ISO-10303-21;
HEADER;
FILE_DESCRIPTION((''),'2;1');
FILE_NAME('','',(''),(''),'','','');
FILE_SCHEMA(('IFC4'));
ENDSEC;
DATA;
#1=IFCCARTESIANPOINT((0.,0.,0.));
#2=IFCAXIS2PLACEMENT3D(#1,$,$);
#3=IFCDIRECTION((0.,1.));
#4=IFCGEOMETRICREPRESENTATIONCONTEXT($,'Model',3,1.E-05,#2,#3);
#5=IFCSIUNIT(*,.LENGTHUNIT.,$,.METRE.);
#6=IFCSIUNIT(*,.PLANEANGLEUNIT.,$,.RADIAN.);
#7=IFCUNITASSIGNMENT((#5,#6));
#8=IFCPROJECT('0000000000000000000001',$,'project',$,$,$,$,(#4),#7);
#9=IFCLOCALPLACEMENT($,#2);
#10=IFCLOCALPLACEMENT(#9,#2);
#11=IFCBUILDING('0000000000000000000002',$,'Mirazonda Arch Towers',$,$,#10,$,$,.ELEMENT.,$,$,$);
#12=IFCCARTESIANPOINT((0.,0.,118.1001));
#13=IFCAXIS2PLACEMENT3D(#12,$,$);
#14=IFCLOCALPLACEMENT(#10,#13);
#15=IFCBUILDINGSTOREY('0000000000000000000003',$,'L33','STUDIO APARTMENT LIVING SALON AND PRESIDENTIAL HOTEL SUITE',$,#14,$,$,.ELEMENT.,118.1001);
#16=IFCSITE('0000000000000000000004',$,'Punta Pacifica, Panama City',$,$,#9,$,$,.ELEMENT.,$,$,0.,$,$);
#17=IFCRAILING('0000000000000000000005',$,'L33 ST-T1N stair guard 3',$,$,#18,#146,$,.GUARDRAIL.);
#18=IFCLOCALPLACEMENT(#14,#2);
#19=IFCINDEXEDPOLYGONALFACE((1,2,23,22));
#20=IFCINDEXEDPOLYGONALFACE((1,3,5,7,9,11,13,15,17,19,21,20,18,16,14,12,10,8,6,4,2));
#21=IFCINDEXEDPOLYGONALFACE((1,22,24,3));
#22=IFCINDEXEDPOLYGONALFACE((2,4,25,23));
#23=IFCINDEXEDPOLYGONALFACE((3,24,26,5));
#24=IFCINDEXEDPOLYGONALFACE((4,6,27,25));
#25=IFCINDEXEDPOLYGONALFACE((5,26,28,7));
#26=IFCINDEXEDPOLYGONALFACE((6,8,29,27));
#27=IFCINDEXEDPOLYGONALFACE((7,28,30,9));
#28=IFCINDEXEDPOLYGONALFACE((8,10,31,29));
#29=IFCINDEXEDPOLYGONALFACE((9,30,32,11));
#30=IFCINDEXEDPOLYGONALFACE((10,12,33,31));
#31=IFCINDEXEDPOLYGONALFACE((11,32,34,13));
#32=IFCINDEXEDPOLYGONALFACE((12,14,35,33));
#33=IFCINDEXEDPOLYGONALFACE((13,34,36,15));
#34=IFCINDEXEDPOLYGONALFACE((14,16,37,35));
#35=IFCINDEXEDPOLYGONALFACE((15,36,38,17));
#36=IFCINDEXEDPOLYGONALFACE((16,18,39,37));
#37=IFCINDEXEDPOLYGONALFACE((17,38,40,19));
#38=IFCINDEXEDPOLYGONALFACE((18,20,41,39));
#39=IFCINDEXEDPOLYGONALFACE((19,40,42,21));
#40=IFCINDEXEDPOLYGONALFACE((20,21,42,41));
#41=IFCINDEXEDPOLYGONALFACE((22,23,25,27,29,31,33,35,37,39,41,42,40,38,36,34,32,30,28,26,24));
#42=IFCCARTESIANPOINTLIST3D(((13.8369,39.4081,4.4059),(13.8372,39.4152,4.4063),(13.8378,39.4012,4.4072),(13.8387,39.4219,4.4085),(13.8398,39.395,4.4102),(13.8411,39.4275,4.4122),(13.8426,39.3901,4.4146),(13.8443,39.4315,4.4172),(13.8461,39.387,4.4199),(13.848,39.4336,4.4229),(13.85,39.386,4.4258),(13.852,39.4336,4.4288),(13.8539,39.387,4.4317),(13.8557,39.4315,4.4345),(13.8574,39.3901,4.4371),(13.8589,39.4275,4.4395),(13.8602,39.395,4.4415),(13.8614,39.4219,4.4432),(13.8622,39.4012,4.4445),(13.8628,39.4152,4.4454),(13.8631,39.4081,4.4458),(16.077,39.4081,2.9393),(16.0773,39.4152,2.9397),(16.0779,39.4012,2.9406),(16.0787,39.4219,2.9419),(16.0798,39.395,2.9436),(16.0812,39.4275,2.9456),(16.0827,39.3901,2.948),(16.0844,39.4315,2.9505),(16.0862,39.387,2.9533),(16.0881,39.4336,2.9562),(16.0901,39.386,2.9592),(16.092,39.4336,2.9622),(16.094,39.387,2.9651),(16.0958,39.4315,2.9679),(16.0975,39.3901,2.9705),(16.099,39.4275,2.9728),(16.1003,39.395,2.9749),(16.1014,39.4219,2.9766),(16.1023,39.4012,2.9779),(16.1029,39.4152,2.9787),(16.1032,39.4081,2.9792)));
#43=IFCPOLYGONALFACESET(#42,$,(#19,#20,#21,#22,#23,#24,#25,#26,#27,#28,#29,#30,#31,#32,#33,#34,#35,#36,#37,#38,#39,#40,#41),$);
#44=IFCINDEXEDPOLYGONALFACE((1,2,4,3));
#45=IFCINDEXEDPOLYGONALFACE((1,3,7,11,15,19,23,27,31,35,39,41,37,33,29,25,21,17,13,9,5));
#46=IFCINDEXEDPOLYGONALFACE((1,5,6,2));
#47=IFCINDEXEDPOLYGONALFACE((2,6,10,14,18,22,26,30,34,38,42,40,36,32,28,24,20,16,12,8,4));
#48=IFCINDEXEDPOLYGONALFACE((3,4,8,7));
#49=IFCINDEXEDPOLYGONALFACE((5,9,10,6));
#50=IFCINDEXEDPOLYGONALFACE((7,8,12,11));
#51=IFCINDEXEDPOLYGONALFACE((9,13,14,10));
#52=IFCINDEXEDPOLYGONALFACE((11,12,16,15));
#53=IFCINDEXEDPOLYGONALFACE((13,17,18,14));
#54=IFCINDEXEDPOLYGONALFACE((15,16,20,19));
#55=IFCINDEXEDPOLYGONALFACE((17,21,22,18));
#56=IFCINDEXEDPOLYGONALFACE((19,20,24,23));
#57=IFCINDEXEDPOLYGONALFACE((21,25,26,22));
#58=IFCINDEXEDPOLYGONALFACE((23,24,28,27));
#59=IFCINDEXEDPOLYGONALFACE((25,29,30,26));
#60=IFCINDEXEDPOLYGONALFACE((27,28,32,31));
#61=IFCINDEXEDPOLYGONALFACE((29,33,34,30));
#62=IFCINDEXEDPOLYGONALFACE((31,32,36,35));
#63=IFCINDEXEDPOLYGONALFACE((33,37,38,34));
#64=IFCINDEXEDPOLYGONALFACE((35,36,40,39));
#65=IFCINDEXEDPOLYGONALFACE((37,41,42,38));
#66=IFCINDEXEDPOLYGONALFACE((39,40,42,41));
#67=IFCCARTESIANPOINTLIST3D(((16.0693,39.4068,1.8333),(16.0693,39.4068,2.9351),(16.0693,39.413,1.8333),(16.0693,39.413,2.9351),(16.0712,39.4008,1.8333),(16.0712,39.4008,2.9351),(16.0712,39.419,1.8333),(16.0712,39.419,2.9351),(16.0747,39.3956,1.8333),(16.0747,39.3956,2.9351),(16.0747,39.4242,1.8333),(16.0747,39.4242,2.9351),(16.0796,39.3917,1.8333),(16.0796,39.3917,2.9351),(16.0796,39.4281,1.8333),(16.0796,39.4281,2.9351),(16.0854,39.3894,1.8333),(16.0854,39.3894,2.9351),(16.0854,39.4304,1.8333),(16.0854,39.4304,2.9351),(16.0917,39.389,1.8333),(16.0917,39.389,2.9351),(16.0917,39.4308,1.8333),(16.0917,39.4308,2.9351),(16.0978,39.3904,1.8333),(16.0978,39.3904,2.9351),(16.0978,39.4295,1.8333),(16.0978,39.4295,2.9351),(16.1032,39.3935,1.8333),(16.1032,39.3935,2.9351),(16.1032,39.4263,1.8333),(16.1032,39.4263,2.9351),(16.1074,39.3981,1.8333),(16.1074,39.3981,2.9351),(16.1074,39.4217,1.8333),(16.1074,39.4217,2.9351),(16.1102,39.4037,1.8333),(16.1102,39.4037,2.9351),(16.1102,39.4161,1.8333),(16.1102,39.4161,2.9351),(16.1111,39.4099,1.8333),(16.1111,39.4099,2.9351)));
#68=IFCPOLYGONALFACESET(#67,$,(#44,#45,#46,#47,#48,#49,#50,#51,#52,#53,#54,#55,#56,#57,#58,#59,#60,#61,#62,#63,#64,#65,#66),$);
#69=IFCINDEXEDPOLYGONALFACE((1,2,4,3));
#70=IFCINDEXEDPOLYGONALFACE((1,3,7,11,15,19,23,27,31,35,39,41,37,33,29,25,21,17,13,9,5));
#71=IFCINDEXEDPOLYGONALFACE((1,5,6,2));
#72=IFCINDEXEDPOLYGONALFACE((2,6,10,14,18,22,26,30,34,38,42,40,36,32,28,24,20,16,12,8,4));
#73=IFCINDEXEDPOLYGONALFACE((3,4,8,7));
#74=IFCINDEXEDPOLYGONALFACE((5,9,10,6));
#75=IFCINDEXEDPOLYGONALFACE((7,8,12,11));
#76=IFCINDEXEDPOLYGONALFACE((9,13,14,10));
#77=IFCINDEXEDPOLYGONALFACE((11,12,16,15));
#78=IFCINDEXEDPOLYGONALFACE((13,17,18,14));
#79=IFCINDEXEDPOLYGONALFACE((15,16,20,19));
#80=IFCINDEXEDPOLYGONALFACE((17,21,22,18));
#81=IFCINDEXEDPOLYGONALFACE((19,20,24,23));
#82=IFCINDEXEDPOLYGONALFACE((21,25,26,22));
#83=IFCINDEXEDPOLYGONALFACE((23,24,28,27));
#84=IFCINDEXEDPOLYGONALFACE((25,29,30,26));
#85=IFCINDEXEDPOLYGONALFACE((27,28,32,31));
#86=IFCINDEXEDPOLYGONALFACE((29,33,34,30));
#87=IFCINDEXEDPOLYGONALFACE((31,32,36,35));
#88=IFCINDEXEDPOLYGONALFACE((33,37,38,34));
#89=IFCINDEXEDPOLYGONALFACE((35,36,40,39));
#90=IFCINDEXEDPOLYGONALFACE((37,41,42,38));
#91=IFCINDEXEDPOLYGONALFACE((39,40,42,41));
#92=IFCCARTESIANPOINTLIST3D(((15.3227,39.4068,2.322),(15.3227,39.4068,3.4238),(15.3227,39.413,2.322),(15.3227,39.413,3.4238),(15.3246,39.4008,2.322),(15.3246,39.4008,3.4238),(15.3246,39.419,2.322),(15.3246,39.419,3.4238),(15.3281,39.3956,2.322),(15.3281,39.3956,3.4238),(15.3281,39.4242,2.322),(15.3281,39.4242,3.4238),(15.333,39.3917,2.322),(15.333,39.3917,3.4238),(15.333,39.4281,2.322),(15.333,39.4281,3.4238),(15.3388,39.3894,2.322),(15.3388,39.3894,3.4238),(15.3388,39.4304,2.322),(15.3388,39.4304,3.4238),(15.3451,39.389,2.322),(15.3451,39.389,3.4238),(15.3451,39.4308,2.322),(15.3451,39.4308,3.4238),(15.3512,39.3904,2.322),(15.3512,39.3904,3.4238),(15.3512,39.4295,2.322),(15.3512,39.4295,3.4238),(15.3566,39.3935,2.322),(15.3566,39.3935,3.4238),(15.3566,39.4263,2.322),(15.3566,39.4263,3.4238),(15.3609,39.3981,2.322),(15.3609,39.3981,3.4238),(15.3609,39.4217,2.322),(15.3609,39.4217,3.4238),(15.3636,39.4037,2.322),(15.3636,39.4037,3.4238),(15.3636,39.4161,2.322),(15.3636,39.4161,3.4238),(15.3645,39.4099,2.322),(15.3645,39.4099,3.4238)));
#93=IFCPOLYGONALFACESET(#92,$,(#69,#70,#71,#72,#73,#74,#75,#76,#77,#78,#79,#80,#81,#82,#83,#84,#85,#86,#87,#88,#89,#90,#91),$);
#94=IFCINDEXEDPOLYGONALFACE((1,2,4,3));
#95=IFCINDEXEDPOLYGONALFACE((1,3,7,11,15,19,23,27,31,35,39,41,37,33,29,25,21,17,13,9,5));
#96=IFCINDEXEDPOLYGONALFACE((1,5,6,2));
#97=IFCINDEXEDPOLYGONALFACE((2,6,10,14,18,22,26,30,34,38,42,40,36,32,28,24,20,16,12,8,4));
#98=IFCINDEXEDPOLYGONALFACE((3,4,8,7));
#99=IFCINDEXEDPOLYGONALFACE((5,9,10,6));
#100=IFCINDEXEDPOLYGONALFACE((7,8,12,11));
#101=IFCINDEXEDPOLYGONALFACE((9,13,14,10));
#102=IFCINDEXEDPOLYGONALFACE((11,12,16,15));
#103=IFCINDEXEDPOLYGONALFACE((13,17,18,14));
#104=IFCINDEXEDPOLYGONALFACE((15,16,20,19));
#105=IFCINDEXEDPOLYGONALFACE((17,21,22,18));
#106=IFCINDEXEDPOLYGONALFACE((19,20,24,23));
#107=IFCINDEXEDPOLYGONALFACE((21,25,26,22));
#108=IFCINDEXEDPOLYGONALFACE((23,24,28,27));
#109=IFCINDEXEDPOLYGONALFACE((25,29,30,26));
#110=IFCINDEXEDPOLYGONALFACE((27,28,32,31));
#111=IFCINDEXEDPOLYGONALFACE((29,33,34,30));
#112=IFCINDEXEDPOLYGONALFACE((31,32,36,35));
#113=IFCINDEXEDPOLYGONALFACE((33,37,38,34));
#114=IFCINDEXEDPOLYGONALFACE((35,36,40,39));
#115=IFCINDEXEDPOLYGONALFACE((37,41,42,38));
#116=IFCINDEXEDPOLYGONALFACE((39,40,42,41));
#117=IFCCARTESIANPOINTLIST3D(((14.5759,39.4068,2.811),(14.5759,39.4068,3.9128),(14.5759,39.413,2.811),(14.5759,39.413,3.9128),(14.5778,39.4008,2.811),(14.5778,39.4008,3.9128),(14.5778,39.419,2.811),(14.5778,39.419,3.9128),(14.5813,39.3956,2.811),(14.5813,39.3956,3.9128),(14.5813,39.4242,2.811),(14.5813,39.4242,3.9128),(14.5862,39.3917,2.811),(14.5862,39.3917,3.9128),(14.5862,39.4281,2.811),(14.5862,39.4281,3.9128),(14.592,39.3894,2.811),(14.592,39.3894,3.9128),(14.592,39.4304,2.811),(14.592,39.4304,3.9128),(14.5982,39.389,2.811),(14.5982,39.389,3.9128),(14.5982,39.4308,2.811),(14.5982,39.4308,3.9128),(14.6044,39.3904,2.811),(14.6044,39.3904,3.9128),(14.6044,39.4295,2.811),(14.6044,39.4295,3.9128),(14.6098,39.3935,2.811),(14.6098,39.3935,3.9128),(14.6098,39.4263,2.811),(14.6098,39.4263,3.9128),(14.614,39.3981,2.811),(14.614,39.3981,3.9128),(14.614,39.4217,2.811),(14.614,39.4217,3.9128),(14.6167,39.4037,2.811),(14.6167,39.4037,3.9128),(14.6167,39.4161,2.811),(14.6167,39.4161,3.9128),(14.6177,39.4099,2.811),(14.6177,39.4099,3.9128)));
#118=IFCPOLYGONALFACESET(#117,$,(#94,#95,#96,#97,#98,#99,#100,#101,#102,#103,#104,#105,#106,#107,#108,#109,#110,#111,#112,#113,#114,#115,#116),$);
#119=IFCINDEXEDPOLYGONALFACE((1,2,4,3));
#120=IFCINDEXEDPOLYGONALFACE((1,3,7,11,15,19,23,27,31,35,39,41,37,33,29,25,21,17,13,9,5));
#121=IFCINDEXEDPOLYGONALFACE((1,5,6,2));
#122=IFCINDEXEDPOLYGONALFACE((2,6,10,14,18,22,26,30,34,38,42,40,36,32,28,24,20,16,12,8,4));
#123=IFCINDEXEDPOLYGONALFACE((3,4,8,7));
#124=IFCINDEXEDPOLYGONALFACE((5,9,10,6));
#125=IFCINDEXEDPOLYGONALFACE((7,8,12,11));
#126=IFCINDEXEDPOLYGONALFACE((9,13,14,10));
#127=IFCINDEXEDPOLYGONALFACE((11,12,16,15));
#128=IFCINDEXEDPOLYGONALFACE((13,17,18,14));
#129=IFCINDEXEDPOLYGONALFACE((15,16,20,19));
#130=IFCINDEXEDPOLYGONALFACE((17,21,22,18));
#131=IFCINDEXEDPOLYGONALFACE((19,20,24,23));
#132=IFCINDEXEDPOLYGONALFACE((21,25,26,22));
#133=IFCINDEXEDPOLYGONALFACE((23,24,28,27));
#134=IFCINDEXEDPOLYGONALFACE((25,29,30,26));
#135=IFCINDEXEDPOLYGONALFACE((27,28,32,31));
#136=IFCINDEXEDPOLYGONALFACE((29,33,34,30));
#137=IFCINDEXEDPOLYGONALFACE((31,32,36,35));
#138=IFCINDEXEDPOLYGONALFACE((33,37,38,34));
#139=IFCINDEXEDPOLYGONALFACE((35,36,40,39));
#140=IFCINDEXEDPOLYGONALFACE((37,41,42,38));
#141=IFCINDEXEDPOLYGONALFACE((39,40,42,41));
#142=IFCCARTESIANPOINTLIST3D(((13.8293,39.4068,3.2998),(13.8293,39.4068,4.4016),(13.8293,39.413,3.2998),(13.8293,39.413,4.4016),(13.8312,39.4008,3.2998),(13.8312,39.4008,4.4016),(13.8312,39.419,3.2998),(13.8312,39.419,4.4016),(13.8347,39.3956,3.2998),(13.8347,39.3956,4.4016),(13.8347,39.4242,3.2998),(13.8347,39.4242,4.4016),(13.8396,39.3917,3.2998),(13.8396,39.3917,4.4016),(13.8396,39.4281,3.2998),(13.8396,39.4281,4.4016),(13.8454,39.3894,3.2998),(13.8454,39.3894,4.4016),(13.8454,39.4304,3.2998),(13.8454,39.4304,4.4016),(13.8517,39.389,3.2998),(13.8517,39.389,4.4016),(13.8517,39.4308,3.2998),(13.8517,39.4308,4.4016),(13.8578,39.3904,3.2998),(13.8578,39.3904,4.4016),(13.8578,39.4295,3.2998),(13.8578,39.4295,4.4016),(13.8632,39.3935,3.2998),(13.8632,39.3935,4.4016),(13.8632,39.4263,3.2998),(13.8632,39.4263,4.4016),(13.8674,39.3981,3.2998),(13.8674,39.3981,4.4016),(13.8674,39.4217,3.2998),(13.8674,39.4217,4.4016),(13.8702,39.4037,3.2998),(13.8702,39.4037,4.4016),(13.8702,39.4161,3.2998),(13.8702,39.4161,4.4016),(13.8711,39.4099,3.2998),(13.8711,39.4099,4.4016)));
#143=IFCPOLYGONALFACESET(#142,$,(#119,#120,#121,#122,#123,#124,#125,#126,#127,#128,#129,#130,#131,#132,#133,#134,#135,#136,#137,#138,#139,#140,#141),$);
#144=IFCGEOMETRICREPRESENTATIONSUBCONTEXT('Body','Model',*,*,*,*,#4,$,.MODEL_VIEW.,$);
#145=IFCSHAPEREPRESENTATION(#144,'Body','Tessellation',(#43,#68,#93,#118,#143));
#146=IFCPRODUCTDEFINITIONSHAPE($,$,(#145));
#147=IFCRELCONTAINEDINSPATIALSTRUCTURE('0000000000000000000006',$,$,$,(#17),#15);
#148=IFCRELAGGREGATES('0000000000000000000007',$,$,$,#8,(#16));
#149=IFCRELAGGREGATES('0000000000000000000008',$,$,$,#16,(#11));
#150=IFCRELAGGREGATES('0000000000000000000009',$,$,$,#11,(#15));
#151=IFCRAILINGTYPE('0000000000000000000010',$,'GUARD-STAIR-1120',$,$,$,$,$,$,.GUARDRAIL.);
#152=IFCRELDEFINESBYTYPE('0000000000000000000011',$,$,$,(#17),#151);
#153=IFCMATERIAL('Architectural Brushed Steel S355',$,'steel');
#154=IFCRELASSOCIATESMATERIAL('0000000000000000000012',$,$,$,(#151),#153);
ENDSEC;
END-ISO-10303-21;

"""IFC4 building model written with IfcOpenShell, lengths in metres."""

from ifc_helpers import new_model, si_unit, direction, frame, origin, origin_2d, place, context, subcontext, project, spatial, circle, extrude, material, type_object, element, save


model = new_model("IFC4")

# Units and contexts
model_context = context("Model", 3, precision=1e-05, world=origin(), true_north=direction((0.0, 1.0)))
body_context = subcontext(model_context, "Body", "Model", "MODEL_VIEW")
ifc_project = project(units=[si_unit("LENGTHUNIT", "METRE"), si_unit("PLANEANGLEUNIT", "RADIAN")], contexts=[model_context])

# Site, building, storey
site_placement = place(None, origin())
site = spatial("IfcSite", under=ifc_project, at=site_placement, Name="Punta Pacifica, Panama City", CompositionType="ELEMENT", RefElevation=0.0)
building_placement = place(site_placement, origin())
building = spatial("IfcBuilding", under=site, at=building_placement, Name="Mirazonda Arch Towers", CompositionType="ELEMENT")
storey_placement = place(building_placement, frame((0.0, 0.0, 118.1001)))
storey = spatial("IfcBuildingStorey", under=building, at=storey_placement, Name="L33", Description="STUDIO APARTMENT LIVING SALON AND PRESIDENTIAL HOTEL SUITE", CompositionType="ELEMENT", Elevation=118.1001)

# Shared definitions
ifc_material_1 = material(Name="Architectural Brushed Steel S355", Category="steel")

# Railing
railing_type_1 = type_object("IfcRailingType", Name="GUARD-STAIR-1120", PredefinedType="GUARDRAIL", material=ifc_material_1)
railing_1_placement = place(storey_placement, frame((16.0901, 39.4099, 1.8333)))
element("IfcRailing", 1, at=railing_1_placement, inside=storey, type_object=railing_type_1, Name="L33 ST-T1N stair guard 3", PredefinedType="GUARDRAIL", context=body_context, shape_type="SweptSolid", body=[
    extrude(circle(Radius=0.0239, at=origin_2d()), frame((0.0, 0.0, 1.126), z_axis=(-0.836637, 0.0, 0.547758), x_axis=(0.0, -1.0, 0.0)), (0.0, 0.0, 1.0), 2.6775),
    extrude(circle(Radius=0.021, at=origin_2d()), origin(), (0.0, 0.0, 1.0), 1.1018),
    extrude(circle(Radius=0.021, at=origin_2d()), frame((-0.7466, 0.0, 0.4888)), (0.0, 0.0, 1.0), 1.1018),
    extrude(circle(Radius=0.021, at=origin_2d()), frame((-1.4934, 0.0, 0.9778)), (0.0, 0.0, 1.0), 1.1018),
    extrude(circle(Radius=0.021, at=origin_2d()), frame((-2.24, 0.0, 1.4666)), (0.0, 0.0, 1.0), 1.1018),
])

save(model, "model.ifc")
